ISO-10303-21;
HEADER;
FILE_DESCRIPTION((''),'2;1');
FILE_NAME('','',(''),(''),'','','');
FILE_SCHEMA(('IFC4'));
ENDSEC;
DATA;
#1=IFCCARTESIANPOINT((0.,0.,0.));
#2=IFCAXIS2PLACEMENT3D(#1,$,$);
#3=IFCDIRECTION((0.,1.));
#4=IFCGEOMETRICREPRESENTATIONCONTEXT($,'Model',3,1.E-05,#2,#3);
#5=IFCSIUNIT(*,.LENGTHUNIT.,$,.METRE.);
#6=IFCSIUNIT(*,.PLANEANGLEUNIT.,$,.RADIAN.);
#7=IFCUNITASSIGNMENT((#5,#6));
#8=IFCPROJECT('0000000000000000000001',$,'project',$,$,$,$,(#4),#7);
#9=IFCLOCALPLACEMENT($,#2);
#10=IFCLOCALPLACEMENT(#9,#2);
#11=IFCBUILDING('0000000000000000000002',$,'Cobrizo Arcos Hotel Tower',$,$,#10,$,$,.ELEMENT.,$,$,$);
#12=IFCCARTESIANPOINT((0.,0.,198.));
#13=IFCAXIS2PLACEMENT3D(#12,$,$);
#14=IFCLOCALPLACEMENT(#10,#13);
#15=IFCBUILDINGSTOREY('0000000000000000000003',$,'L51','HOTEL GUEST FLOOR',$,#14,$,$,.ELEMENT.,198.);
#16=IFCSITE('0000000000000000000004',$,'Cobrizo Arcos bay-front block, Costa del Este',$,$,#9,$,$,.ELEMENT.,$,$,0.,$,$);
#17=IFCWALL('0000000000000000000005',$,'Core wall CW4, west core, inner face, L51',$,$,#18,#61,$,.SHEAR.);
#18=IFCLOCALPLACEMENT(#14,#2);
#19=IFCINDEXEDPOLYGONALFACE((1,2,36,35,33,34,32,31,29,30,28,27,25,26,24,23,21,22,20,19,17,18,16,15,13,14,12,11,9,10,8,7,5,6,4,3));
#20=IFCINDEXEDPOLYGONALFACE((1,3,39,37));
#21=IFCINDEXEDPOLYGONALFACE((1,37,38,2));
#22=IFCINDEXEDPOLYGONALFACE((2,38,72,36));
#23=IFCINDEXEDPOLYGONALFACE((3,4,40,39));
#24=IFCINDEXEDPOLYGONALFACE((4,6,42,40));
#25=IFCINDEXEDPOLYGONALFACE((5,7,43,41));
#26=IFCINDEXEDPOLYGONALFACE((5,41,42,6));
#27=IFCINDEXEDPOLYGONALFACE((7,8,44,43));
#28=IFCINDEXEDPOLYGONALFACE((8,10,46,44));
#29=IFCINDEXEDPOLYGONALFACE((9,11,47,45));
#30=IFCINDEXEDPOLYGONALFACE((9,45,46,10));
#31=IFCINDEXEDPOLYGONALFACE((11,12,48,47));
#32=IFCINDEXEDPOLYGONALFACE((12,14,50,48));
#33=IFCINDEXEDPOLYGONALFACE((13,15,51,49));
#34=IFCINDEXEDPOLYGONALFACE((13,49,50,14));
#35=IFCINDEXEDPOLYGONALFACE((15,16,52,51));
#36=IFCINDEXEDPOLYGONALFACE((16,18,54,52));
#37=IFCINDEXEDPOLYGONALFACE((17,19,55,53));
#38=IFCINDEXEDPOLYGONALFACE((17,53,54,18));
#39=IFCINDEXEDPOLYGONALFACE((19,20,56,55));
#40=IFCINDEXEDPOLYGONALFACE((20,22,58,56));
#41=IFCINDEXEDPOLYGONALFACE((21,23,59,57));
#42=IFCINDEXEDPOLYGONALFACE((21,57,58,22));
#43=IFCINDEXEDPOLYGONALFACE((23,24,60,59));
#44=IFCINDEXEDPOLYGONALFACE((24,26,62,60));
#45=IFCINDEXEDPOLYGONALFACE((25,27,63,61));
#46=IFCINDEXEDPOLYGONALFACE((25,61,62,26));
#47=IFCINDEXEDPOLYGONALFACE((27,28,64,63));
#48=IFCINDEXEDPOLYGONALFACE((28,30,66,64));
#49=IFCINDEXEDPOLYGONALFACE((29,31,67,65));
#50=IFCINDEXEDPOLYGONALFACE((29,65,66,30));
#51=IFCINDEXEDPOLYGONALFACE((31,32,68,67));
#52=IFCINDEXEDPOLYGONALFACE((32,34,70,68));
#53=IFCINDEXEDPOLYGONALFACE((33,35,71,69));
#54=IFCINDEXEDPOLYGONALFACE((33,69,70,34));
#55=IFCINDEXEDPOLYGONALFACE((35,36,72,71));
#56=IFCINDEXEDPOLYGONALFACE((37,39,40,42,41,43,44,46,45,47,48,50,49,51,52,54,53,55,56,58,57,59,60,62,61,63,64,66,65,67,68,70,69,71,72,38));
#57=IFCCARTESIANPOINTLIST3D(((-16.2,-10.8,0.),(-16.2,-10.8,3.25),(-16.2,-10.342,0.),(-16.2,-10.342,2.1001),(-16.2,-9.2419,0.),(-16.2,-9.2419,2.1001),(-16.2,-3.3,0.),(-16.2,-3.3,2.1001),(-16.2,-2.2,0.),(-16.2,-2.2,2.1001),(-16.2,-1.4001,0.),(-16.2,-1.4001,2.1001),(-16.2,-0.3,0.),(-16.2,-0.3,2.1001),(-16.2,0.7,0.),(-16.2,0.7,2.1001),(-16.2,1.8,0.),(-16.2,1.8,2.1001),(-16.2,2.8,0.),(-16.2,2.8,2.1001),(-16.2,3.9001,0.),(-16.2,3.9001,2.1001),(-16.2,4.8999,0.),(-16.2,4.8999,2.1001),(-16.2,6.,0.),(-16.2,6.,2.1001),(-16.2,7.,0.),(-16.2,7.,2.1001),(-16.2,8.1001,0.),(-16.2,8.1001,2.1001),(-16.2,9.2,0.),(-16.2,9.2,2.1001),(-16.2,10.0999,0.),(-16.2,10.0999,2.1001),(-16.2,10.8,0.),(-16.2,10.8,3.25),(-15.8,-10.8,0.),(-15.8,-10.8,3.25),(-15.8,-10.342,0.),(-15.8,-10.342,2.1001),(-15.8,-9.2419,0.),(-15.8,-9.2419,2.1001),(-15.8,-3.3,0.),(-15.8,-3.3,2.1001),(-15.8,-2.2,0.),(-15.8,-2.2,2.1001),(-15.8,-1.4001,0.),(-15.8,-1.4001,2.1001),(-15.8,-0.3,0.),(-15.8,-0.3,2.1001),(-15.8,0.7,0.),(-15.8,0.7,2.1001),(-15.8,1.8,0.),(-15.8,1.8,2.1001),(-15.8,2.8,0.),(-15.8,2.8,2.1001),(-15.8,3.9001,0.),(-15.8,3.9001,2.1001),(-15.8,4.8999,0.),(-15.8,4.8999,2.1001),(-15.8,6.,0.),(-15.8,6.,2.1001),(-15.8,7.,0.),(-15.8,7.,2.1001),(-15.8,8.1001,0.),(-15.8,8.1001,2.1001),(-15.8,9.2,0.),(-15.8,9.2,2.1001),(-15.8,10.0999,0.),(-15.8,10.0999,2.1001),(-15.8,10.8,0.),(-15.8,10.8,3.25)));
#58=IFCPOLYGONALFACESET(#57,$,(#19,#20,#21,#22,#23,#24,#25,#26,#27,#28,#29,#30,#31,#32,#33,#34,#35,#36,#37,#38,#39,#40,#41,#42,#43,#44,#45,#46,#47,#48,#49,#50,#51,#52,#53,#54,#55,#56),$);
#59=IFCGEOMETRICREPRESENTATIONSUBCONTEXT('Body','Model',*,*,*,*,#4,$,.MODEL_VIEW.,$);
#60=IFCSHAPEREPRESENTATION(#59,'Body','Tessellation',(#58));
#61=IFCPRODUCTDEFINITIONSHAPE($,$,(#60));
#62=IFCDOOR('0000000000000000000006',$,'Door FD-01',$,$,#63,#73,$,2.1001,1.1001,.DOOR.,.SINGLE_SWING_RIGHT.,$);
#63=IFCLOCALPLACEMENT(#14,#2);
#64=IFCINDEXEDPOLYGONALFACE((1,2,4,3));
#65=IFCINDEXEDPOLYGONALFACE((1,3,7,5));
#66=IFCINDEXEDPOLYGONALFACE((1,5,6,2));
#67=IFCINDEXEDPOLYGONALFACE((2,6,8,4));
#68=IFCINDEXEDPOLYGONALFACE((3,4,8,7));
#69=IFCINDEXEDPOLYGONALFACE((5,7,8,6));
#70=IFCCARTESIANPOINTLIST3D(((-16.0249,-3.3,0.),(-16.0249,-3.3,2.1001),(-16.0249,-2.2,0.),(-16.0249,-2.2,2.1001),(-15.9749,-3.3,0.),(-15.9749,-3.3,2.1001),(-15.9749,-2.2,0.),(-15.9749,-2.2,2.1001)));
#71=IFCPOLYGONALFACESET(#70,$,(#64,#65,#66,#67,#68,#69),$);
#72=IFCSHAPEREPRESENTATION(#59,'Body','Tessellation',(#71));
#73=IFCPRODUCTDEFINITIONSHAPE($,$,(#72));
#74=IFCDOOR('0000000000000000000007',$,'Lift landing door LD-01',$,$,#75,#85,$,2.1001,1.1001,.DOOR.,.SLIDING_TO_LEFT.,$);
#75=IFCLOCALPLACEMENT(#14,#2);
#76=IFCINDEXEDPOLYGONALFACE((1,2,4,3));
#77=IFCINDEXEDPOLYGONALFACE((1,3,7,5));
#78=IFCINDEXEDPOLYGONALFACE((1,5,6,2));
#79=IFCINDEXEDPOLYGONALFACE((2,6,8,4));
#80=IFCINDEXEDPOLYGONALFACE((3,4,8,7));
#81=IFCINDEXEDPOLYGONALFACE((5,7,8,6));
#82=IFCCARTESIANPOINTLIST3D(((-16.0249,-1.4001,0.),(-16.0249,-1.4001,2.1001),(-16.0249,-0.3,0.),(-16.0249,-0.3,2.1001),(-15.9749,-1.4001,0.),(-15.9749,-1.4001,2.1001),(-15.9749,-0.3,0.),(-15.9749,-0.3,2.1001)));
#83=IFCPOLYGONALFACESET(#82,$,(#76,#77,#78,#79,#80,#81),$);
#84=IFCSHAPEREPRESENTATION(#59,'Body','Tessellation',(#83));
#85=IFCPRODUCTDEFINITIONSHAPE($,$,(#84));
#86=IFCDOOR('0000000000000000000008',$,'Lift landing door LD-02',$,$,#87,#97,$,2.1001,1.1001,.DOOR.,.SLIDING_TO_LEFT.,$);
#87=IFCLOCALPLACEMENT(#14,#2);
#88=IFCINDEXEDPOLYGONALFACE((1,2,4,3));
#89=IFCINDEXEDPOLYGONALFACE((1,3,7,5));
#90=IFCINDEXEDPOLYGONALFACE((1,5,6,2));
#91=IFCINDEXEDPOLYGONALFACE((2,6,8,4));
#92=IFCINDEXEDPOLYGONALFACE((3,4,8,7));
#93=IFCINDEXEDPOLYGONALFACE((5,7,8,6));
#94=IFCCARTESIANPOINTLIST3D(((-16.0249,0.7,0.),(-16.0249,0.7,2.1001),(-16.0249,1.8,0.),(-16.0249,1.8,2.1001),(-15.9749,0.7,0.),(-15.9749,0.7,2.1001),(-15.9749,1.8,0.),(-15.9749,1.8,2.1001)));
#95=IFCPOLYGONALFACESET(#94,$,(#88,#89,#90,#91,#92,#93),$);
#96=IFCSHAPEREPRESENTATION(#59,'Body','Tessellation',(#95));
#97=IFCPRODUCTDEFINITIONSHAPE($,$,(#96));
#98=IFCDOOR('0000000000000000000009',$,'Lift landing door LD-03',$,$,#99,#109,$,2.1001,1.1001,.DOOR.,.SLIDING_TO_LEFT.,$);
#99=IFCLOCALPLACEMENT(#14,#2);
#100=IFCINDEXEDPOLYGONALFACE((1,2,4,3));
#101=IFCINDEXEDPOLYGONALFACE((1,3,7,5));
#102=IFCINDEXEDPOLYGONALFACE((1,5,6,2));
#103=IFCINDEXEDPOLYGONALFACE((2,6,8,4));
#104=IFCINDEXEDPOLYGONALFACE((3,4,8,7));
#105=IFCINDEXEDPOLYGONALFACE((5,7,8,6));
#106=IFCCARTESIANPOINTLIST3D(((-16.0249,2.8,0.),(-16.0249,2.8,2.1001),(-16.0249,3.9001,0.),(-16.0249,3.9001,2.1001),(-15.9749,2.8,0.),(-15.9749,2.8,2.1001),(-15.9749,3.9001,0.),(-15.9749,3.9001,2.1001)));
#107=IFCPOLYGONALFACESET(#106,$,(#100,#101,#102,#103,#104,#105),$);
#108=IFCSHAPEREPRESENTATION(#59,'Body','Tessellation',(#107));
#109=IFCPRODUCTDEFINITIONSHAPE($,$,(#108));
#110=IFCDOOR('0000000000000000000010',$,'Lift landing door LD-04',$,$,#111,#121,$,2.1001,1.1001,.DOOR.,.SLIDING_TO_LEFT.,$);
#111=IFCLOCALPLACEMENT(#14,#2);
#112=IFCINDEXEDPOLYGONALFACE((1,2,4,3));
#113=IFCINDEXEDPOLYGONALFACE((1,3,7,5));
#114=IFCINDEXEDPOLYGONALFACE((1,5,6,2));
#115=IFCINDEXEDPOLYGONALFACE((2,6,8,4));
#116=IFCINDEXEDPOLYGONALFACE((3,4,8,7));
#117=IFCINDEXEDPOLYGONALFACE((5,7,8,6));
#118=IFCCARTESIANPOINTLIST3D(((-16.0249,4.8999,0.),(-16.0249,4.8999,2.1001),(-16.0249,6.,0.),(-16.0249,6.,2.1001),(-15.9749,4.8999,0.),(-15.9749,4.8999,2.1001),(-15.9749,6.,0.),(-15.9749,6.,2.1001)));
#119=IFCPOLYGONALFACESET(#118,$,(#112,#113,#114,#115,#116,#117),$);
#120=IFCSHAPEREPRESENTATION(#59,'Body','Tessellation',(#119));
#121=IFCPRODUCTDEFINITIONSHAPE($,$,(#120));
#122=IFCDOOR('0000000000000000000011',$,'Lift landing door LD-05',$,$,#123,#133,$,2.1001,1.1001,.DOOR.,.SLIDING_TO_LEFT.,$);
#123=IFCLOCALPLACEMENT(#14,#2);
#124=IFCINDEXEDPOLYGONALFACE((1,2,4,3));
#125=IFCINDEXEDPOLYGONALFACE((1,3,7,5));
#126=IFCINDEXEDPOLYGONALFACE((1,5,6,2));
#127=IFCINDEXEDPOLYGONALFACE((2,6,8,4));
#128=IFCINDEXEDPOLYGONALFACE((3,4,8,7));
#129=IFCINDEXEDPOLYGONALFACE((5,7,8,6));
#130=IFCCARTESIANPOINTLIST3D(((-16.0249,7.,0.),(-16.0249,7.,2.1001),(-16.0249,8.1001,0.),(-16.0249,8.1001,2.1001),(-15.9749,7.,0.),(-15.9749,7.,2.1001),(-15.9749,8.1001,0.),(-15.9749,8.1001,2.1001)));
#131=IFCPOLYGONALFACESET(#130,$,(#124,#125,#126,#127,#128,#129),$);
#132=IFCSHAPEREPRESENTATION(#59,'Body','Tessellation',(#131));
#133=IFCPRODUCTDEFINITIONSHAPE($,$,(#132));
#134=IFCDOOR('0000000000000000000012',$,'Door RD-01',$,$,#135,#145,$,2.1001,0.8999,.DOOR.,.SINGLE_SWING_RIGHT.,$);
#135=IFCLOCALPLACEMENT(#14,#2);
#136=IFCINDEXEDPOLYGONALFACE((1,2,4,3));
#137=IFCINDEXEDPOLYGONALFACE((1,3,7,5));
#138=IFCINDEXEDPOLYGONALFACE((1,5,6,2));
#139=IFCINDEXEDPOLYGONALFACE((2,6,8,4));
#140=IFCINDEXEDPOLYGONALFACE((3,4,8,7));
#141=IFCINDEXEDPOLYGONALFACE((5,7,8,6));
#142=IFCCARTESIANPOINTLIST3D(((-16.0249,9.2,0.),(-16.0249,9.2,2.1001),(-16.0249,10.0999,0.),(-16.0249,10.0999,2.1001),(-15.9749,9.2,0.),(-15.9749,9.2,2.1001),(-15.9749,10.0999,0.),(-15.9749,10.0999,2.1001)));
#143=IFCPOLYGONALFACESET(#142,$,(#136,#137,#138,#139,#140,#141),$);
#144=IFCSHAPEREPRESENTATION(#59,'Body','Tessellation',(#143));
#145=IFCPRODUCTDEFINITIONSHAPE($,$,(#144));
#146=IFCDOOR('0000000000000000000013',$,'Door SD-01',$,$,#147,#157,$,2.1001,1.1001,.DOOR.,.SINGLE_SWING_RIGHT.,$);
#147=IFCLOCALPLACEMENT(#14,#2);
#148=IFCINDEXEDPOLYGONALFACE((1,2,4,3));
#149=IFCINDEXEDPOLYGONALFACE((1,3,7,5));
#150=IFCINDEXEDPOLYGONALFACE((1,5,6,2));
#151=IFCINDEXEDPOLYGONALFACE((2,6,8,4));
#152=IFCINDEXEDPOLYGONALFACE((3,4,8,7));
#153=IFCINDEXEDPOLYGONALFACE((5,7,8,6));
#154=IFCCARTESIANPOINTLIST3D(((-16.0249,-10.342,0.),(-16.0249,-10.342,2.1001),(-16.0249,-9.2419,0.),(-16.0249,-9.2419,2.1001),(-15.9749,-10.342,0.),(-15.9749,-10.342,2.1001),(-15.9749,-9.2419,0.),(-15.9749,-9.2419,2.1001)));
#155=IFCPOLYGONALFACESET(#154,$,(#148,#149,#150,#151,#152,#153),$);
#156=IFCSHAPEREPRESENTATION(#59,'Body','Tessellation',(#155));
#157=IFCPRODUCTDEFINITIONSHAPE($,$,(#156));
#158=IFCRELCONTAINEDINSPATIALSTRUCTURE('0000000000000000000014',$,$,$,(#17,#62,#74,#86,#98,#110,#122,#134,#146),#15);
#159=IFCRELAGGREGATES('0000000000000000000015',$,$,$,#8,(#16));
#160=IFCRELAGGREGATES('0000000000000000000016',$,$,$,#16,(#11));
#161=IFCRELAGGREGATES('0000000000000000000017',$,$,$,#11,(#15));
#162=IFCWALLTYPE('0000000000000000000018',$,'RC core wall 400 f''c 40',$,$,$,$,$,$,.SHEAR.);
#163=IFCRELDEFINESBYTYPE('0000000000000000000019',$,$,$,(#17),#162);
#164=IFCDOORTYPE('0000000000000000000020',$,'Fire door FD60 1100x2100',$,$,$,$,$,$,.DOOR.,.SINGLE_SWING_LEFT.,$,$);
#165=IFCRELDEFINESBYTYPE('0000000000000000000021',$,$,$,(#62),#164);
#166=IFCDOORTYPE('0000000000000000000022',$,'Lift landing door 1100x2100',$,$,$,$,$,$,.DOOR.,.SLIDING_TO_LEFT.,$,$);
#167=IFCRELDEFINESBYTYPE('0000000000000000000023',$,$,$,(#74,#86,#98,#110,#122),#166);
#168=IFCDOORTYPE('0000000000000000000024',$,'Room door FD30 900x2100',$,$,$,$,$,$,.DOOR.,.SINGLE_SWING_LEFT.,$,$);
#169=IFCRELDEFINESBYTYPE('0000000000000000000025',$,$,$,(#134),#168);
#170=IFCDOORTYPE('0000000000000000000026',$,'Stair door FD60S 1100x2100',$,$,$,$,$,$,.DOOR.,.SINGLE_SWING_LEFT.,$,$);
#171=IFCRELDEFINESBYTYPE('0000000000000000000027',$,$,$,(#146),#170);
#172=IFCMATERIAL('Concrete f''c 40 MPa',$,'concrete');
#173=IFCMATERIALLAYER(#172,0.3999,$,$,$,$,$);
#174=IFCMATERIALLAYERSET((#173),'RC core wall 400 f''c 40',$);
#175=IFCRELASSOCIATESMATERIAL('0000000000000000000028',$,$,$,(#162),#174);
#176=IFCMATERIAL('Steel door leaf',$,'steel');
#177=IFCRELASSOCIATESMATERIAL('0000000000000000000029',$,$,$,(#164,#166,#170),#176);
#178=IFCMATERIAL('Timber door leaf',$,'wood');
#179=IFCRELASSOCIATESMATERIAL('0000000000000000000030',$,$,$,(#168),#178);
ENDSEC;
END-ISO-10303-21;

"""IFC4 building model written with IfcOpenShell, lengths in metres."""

from ifc_helpers import new_model, si_unit, direction, frame, frame_2d, origin, place, context, subcontext, project, spatial, rectangle, extrude, material, layer, layer_set, type_object, element, fill, save


model = new_model("IFC4")

# Units and contexts
model_context = context("Model", 3, precision=1e-05, world=origin(), true_north=direction((0.0, 1.0)))
body_context = subcontext(model_context, "Body", "Model", "MODEL_VIEW")
ifc_project = project(units=[si_unit("LENGTHUNIT", "METRE"), si_unit("PLANEANGLEUNIT", "RADIAN")], contexts=[model_context])

# Site, building, storey
site_placement = place(None, origin())
site = spatial("IfcSite", under=ifc_project, at=site_placement, Name="Cobrizo Arcos bay-front block, Costa del Este", CompositionType="ELEMENT", RefElevation=0.0)
building_placement = place(site_placement, origin())
building = spatial("IfcBuilding", under=site, at=building_placement, Name="Cobrizo Arcos Hotel Tower", CompositionType="ELEMENT")
storey_placement = place(building_placement, frame((0.0, 0.0, 198.0)))
storey = spatial("IfcBuildingStorey", under=building, at=storey_placement, Name="L51", Description="HOTEL GUEST FLOOR", CompositionType="ELEMENT", Elevation=198.0)

# Wall, openings, doors
ifc_material_1 = material(Name="Concrete f'c 40 MPa", Category="concrete")
ifc_layer_1 = layer(ifc_material_1, 0.3999)
ifc_layer_set_1 = layer_set([ifc_layer_1], Name="RC core wall 400 f'c 40")
wall_type_1 = type_object("IfcWallType", Name="RC core wall 400 f'c 40", PredefinedType="SHEAR", material=ifc_layer_set_1)
wall_1_placement = place(storey_placement, frame((-16.0, -10.8, 0.0), z_axis=(0.0, 0.0, 1.0), x_axis=(0.0, 1.0, 0.0)))
wall_1 = element("IfcWall", 1, at=wall_1_placement, inside=storey, type_object=wall_type_1, Name="Core wall CW4, west core, inner face, L51", PredefinedType="SHEAR", context=body_context, shape_type="SweptSolid", body=[
    extrude(rectangle(XDim=21.6001, YDim=0.3999, at=frame_2d((10.8, 0.0))), origin(), (0.0, 0.0, 1.0), 3.25),
])
opening_1_placement = place(wall_1_placement, frame((9.3999, 0.0, 0.0)))
opening_1 = element("IfcOpeningElement", 2, at=opening_1_placement, cuts=wall_1, PredefinedType="OPENING", context=body_context, shape_type="SweptSolid", body=[
    extrude(rectangle(XDim=1.1001, YDim=2.1001, at=frame_2d((0.55, 1.05))), frame((0.0, 0.2119, 0.0), z_axis=(0.0, -1.0, 0.0), x_axis=(1.0, 0.0, 0.0)), (0.0, 0.0, 1.0), 0.4238),
])
opening_2_placement = place(wall_1_placement, frame((11.5, 0.0, 0.0)))
opening_2 = element("IfcOpeningElement", 3, at=opening_2_placement, cuts=wall_1, PredefinedType="OPENING", context=body_context, shape_type="SweptSolid", body=[
    extrude(rectangle(XDim=1.1001, YDim=2.1001, at=frame_2d((0.55, 1.05))), frame((0.0, 0.2119, 0.0), z_axis=(0.0, -1.0, 0.0), x_axis=(1.0, 0.0, 0.0)), (0.0, 0.0, 1.0), 0.4238),
])
opening_3_placement = place(wall_1_placement, frame((13.6001, 0.0, 0.0)))
opening_3 = element("IfcOpeningElement", 4, at=opening_3_placement, cuts=wall_1, PredefinedType="OPENING", context=body_context, shape_type="SweptSolid", body=[
    extrude(rectangle(XDim=1.1001, YDim=2.1001, at=frame_2d((0.55, 1.05))), frame((0.0, 0.2119, 0.0), z_axis=(0.0, -1.0, 0.0), x_axis=(1.0, 0.0, 0.0)), (0.0, 0.0, 1.0), 0.4238),
])
opening_4_placement = place(wall_1_placement, frame((15.7, 0.0, 0.0)))
opening_4 = element("IfcOpeningElement", 5, at=opening_4_placement, cuts=wall_1, PredefinedType="OPENING", context=body_context, shape_type="SweptSolid", body=[
    extrude(rectangle(XDim=1.1001, YDim=2.1001, at=frame_2d((0.55, 1.05))), frame((0.0, 0.2119, 0.0), z_axis=(0.0, -1.0, 0.0), x_axis=(1.0, 0.0, 0.0)), (0.0, 0.0, 1.0), 0.4238),
])
opening_5_placement = place(wall_1_placement, frame((17.8, 0.0, 0.0)))
opening_5 = element("IfcOpeningElement", 6, at=opening_5_placement, cuts=wall_1, PredefinedType="OPENING", context=body_context, shape_type="SweptSolid", body=[
    extrude(rectangle(XDim=1.1001, YDim=2.1001, at=frame_2d((0.55, 1.05))), frame((0.0, 0.2119, 0.0), z_axis=(0.0, -1.0, 0.0), x_axis=(1.0, 0.0, 0.0)), (0.0, 0.0, 1.0), 0.4238),
])
opening_6_placement = place(wall_1_placement, frame((0.458, 0.0, 0.0)))
opening_6 = element("IfcOpeningElement", 7, at=opening_6_placement, cuts=wall_1, PredefinedType="OPENING", context=body_context, shape_type="SweptSolid", body=[
    extrude(rectangle(XDim=1.1001, YDim=2.1001, at=frame_2d((0.55, 1.05))), frame((0.0, 0.2119, 0.0), z_axis=(0.0, -1.0, 0.0), x_axis=(1.0, 0.0, 0.0)), (0.0, 0.0, 1.0), 0.4238),
])
opening_7_placement = place(wall_1_placement, frame((7.5, 0.0, 0.0)))
opening_7 = element("IfcOpeningElement", 8, at=opening_7_placement, cuts=wall_1, PredefinedType="OPENING", context=body_context, shape_type="SweptSolid", body=[
    extrude(rectangle(XDim=1.1001, YDim=2.1001, at=frame_2d((0.55, 1.05))), frame((0.0, 0.2119, 0.0), z_axis=(0.0, -1.0, 0.0), x_axis=(1.0, 0.0, 0.0)), (0.0, 0.0, 1.0), 0.4238),
])
opening_8_placement = place(wall_1_placement, frame((20.0, 0.0, 0.0)))
opening_8 = element("IfcOpeningElement", 9, at=opening_8_placement, cuts=wall_1, PredefinedType="OPENING", context=body_context, shape_type="SweptSolid", body=[
    extrude(rectangle(XDim=0.8999, YDim=2.1001, at=frame_2d((0.45, 1.05))), frame((0.0, 0.2119, 0.0), z_axis=(0.0, -1.0, 0.0), x_axis=(1.0, 0.0, 0.0)), (0.0, 0.0, 1.0), 0.4238),
])
ifc_material_2 = material(Name="Steel door leaf", Category="steel")
door_type_1 = type_object("IfcDoorType", Name="Fire door FD60 1100x2100", OperationType="SINGLE_SWING_LEFT", PredefinedType="DOOR", material=ifc_material_2)
door_1_placement = place(opening_7_placement, origin())
door_1 = element("IfcDoor", 10, at=door_1_placement, inside=storey, type_object=door_type_1, Name="Door FD-01", OperationType="SINGLE_SWING_RIGHT", OverallHeight=2.1001, OverallWidth=1.1001, PredefinedType="DOOR", context=body_context, shape_type="SweptSolid", body=[
    extrude(rectangle(XDim=1.1001, YDim=2.1001, at=frame_2d((0.55, 1.05))), frame((0.0, 0.0249, 0.0), z_axis=(0.0, -1.0, 0.0), x_axis=(1.0, 0.0, 0.0)), (0.0, 0.0, 1.0), 0.05),
])
fill(opening_7, door_1)
door_type_2 = type_object("IfcDoorType", Name="Lift landing door 1100x2100", OperationType="SLIDING_TO_LEFT", PredefinedType="DOOR", material=ifc_material_2)
door_2_placement = place(opening_1_placement, origin())
door_2 = element("IfcDoor", 11, at=door_2_placement, inside=storey, type_object=door_type_2, Name="Lift landing door LD-01", OperationType="SLIDING_TO_LEFT", OverallHeight=2.1001, OverallWidth=1.1001, PredefinedType="DOOR", context=body_context, shape_type="SweptSolid", body=[
    extrude(rectangle(XDim=1.1001, YDim=2.1001, at=frame_2d((0.55, 1.05))), frame((0.0, 0.0249, 0.0), z_axis=(0.0, -1.0, 0.0), x_axis=(1.0, 0.0, 0.0)), (0.0, 0.0, 1.0), 0.05),
])
fill(opening_1, door_2)
door_3_placement = place(opening_2_placement, origin())
door_3 = element("IfcDoor", 12, at=door_3_placement, inside=storey, type_object=door_type_2, Name="Lift landing door LD-02", OperationType="SLIDING_TO_LEFT", OverallHeight=2.1001, OverallWidth=1.1001, PredefinedType="DOOR", context=body_context, shape_type="SweptSolid", body=[
    extrude(rectangle(XDim=1.1001, YDim=2.1001, at=frame_2d((0.55, 1.05))), frame((0.0, 0.0249, 0.0), z_axis=(0.0, -1.0, 0.0), x_axis=(1.0, 0.0, 0.0)), (0.0, 0.0, 1.0), 0.05),
])
fill(opening_2, door_3)
door_4_placement = place(opening_3_placement, origin())
door_4 = element("IfcDoor", 13, at=door_4_placement, inside=storey, type_object=door_type_2, Name="Lift landing door LD-03", OperationType="SLIDING_TO_LEFT", OverallHeight=2.1001, OverallWidth=1.1001, PredefinedType="DOOR", context=body_context, shape_type="SweptSolid", body=[
    extrude(rectangle(XDim=1.1001, YDim=2.1001, at=frame_2d((0.55, 1.05))), frame((0.0, 0.0249, 0.0), z_axis=(0.0, -1.0, 0.0), x_axis=(1.0, 0.0, 0.0)), (0.0, 0.0, 1.0), 0.05),
])
fill(opening_3, door_4)
door_5_placement = place(opening_4_placement, origin())
door_5 = element("IfcDoor", 14, at=door_5_placement, inside=storey, type_object=door_type_2, Name="Lift landing door LD-04", OperationType="SLIDING_TO_LEFT", OverallHeight=2.1001, OverallWidth=1.1001, PredefinedType="DOOR", context=body_context, shape_type="SweptSolid", body=[
    extrude(rectangle(XDim=1.1001, YDim=2.1001, at=frame_2d((0.55, 1.05))), frame((0.0, 0.0249, 0.0), z_axis=(0.0, -1.0, 0.0), x_axis=(1.0, 0.0, 0.0)), (0.0, 0.0, 1.0), 0.05),
])
fill(opening_4, door_5)
door_6_placement = place(opening_5_placement, origin())
door_6 = element("IfcDoor", 15, at=door_6_placement, inside=storey, type_object=door_type_2, Name="Lift landing door LD-05", OperationType="SLIDING_TO_LEFT", OverallHeight=2.1001, OverallWidth=1.1001, PredefinedType="DOOR", context=body_context, shape_type="SweptSolid", body=[
    extrude(rectangle(XDim=1.1001, YDim=2.1001, at=frame_2d((0.55, 1.05))), frame((0.0, 0.0249, 0.0), z_axis=(0.0, -1.0, 0.0), x_axis=(1.0, 0.0, 0.0)), (0.0, 0.0, 1.0), 0.05),
])
fill(opening_5, door_6)
ifc_material_3 = material(Name="Timber door leaf", Category="wood")
door_type_3 = type_object("IfcDoorType", Name="Room door FD30 900x2100", OperationType="SINGLE_SWING_LEFT", PredefinedType="DOOR", material=ifc_material_3)
door_7_placement = place(opening_8_placement, origin())
door_7 = element("IfcDoor", 16, at=door_7_placement, inside=storey, type_object=door_type_3, Name="Door RD-01", OperationType="SINGLE_SWING_RIGHT", OverallHeight=2.1001, OverallWidth=0.8999, PredefinedType="DOOR", context=body_context, shape_type="SweptSolid", body=[
    extrude(rectangle(XDim=0.8999, YDim=2.1001, at=frame_2d((0.45, 1.05))), frame((0.0, 0.0249, 0.0), z_axis=(0.0, -1.0, 0.0), x_axis=(1.0, 0.0, 0.0)), (0.0, 0.0, 1.0), 0.05),
])
fill(opening_8, door_7)
door_type_4 = type_object("IfcDoorType", Name="Stair door FD60S 1100x2100", OperationType="SINGLE_SWING_LEFT", PredefinedType="DOOR", material=ifc_material_2)
door_8_placement = place(opening_6_placement, origin())
door_8 = element("IfcDoor", 17, at=door_8_placement, inside=storey, type_object=door_type_4, Name="Door SD-01", OperationType="SINGLE_SWING_RIGHT", OverallHeight=2.1001, OverallWidth=1.1001, PredefinedType="DOOR", context=body_context, shape_type="SweptSolid", body=[
    extrude(rectangle(XDim=1.1001, YDim=2.1001, at=frame_2d((0.55, 1.05))), frame((0.0, 0.0249, 0.0), z_axis=(0.0, -1.0, 0.0), x_axis=(1.0, 0.0, 0.0)), (0.0, 0.0, 1.0), 0.05),
])
fill(opening_6, door_8)

save(model, "model.ifc")
